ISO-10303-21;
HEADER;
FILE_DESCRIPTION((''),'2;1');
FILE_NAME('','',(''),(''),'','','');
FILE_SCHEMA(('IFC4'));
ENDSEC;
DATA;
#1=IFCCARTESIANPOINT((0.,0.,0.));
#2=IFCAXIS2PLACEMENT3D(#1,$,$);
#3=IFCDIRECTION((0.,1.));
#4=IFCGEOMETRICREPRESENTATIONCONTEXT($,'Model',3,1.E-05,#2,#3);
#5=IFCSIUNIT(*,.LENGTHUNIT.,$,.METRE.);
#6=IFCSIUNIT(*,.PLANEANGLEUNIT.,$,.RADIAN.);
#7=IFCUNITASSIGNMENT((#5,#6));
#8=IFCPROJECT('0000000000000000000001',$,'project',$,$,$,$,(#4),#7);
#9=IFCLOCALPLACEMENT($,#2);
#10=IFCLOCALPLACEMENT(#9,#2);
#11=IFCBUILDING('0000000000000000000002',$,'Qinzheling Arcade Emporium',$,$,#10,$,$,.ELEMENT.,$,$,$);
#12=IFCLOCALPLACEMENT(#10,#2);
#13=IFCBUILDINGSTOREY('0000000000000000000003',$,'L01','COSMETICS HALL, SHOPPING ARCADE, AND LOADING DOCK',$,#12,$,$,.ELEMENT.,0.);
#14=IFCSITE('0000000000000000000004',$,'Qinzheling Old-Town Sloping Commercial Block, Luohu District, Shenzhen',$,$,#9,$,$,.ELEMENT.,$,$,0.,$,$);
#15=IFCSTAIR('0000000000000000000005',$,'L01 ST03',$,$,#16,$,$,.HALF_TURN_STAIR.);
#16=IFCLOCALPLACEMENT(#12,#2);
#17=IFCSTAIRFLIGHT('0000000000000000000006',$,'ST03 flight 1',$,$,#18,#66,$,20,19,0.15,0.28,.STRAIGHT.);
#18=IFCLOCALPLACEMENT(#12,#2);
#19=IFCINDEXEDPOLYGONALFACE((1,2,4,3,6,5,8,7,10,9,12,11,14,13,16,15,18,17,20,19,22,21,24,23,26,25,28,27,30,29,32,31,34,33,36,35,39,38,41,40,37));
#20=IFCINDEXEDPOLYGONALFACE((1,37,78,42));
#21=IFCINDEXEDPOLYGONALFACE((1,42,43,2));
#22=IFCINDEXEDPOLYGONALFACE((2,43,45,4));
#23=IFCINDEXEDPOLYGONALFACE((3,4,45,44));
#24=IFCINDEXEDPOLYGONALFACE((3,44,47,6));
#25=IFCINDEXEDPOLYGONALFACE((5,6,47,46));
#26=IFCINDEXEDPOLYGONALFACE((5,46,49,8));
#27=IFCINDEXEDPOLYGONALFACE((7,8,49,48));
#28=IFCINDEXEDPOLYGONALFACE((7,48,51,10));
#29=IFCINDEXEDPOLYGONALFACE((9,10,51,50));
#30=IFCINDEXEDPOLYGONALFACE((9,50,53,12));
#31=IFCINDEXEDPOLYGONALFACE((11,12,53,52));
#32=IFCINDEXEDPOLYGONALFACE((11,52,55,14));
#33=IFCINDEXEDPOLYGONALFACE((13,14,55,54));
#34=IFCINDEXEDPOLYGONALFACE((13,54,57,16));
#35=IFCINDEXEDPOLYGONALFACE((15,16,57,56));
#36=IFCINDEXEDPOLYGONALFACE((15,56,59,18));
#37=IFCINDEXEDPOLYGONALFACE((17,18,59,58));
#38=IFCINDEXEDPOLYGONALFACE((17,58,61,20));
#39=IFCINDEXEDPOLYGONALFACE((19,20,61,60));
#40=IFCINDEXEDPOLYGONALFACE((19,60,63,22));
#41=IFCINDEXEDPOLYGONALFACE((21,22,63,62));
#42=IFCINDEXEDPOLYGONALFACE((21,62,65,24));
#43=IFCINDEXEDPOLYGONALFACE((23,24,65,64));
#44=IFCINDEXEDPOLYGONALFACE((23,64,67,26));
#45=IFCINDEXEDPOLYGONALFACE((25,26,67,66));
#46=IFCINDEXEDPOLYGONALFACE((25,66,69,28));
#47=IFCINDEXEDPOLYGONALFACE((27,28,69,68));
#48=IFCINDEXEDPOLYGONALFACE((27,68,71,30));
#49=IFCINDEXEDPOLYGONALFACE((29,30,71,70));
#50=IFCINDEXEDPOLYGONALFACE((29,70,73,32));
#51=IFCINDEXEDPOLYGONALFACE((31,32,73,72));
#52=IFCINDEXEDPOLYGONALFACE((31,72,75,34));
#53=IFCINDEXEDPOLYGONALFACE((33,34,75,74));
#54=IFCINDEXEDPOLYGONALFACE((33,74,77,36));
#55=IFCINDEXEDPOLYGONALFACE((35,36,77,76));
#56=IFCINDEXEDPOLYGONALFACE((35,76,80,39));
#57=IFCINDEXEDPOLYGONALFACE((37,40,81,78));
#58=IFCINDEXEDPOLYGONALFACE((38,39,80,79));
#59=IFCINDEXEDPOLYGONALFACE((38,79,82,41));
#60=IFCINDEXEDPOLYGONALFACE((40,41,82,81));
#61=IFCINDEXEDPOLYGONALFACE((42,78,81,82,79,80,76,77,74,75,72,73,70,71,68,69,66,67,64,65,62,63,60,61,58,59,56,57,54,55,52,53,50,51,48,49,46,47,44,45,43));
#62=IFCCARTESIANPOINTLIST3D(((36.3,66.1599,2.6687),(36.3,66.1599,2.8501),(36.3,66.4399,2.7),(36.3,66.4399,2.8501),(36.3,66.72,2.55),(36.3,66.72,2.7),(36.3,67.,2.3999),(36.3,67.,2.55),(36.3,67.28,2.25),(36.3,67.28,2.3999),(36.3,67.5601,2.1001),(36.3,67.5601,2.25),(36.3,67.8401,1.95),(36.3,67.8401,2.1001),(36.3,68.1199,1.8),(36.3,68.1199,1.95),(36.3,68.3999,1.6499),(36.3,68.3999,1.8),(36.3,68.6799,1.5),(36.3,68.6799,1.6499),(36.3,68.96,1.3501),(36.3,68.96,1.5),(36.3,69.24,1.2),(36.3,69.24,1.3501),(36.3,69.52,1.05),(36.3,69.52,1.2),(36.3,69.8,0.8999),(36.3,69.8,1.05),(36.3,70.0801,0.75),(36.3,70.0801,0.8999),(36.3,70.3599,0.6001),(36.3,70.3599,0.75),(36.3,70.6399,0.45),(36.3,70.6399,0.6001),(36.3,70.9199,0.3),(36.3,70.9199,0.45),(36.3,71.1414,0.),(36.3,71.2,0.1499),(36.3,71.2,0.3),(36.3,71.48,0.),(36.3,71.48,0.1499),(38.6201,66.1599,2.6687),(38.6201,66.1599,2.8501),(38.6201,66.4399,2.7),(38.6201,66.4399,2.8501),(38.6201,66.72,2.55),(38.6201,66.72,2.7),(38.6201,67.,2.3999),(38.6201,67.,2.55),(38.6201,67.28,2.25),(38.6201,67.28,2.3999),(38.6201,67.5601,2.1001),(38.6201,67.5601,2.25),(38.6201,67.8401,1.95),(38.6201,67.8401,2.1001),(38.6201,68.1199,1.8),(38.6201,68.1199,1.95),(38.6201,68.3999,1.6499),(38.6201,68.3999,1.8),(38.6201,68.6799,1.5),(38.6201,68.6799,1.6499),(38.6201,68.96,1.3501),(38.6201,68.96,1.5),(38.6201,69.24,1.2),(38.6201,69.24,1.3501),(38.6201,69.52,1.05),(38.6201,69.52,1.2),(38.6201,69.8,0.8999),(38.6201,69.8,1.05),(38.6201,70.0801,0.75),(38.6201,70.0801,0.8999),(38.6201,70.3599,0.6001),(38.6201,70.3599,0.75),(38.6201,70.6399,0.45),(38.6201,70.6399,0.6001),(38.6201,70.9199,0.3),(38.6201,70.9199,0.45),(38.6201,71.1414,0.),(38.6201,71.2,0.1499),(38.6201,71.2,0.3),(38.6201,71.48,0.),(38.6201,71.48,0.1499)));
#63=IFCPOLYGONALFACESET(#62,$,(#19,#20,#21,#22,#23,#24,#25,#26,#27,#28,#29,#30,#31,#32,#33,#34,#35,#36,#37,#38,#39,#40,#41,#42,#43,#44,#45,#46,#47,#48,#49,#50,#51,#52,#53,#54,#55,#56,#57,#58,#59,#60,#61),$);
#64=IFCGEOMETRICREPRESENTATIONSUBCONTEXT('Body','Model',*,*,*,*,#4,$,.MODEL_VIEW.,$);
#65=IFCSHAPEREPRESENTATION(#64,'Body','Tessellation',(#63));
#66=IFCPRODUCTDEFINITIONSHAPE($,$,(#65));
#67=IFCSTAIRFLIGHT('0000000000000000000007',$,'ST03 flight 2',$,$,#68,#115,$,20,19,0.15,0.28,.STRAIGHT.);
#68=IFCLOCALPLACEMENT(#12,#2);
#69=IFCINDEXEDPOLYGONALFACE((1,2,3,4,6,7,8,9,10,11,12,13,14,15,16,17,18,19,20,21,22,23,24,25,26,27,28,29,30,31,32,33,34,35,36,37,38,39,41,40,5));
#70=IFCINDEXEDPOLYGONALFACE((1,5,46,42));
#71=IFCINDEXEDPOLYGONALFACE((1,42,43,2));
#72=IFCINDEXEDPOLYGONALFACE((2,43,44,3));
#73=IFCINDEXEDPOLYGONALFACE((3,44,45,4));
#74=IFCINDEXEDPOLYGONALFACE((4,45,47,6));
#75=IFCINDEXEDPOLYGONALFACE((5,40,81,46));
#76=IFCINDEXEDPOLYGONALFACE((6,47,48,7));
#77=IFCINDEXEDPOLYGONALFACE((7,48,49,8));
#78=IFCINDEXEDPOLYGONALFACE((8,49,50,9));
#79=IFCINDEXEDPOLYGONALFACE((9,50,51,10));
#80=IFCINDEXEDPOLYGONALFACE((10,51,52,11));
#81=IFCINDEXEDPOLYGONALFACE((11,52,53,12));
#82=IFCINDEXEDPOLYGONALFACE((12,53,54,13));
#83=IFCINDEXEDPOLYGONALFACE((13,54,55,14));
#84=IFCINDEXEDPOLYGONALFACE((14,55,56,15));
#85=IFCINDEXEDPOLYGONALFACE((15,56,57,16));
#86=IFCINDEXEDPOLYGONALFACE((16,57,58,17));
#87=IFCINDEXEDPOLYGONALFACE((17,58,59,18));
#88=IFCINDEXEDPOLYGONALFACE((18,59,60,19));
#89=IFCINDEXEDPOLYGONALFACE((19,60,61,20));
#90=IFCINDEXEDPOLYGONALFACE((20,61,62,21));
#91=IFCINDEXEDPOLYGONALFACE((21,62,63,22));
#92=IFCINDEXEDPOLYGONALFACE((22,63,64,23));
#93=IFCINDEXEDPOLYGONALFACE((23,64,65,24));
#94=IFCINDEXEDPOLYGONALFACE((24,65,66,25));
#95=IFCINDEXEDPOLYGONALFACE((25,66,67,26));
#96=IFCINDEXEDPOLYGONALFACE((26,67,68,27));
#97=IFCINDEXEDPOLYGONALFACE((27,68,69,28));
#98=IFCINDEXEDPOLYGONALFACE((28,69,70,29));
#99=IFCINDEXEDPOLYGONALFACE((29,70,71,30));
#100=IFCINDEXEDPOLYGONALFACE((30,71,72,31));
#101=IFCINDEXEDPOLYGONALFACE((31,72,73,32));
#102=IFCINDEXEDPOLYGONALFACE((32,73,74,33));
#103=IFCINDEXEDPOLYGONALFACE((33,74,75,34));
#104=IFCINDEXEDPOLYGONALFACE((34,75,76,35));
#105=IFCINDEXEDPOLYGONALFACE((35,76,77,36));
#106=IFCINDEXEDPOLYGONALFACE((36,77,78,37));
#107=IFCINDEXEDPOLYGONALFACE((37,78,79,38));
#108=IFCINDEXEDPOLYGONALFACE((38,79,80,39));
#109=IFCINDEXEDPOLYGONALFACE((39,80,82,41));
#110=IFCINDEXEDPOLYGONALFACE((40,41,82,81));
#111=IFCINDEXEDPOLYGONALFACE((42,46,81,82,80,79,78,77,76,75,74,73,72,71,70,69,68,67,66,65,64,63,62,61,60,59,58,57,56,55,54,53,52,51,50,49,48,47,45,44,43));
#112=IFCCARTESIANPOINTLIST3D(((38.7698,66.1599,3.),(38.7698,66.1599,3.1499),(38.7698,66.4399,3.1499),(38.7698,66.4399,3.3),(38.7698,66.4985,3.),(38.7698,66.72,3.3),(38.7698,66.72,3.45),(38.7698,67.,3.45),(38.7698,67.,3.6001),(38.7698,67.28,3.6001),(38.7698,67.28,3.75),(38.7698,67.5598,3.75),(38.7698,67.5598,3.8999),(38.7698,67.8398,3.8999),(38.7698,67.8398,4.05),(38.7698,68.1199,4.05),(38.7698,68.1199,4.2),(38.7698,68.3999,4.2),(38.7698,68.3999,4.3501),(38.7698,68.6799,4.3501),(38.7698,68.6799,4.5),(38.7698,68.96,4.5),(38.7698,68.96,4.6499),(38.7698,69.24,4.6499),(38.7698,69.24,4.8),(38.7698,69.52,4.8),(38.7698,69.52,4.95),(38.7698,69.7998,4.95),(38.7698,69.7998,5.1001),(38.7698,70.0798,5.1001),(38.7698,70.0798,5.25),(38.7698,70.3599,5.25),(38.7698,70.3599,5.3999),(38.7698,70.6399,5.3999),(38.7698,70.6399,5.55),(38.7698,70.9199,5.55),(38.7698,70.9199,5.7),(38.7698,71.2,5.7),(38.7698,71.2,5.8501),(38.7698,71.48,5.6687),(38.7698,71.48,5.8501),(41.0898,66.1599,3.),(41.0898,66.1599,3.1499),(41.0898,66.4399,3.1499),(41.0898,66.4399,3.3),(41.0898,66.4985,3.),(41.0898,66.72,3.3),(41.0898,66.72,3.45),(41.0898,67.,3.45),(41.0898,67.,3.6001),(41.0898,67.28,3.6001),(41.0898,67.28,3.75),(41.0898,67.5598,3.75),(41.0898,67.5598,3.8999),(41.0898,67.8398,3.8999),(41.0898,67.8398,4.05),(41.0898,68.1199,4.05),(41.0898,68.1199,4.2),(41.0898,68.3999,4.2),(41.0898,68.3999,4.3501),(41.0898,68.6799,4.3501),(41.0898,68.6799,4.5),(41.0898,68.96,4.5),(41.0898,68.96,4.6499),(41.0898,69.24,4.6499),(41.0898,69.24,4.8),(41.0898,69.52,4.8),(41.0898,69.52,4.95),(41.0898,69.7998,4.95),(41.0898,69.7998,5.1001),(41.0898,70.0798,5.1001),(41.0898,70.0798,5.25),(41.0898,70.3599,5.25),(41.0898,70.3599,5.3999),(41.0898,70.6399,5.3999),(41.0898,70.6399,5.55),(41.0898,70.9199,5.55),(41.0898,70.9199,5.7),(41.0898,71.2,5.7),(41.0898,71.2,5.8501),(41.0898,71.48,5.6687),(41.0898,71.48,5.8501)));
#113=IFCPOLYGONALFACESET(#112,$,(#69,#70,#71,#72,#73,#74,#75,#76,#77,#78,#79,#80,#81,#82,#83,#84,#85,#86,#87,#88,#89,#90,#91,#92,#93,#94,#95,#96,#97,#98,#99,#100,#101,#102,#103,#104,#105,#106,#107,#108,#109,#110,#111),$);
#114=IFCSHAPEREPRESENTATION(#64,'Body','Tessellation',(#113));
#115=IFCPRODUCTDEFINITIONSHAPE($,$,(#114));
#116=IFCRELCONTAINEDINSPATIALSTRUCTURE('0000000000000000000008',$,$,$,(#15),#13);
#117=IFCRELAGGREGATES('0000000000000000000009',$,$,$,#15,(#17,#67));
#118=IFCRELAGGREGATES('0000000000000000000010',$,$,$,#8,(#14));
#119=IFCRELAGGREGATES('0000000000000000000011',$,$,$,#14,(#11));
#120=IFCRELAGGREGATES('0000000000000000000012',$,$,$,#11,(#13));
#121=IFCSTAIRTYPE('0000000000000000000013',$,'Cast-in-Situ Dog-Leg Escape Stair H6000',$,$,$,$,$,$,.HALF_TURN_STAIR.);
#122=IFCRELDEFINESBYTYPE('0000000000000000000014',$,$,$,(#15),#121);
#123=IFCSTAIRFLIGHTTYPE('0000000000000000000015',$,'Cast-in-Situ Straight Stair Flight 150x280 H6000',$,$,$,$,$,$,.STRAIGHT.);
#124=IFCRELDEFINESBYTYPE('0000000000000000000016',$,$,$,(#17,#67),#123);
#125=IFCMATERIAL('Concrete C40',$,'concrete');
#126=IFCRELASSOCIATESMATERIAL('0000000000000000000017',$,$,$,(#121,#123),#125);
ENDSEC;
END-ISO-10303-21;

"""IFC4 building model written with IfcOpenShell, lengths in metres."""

from ifc_helpers import new_model, si_unit, direction, frame, origin, place, context, subcontext, project, spatial, polyline, outline, extrude, material, type_object, element, aggregate, save


model = new_model("IFC4")

# Units and contexts
model_context = context("Model", 3, precision=1e-05, world=origin(), true_north=direction((0.0, 1.0)))
body_context = subcontext(model_context, "Body", "Model", "MODEL_VIEW")
ifc_project = project(units=[si_unit("LENGTHUNIT", "METRE"), si_unit("PLANEANGLEUNIT", "RADIAN")], contexts=[model_context])

# Site, building, storey
site_placement = place(None, origin())
site = spatial("IfcSite", under=ifc_project, at=site_placement, Name="Qinzheling Old-Town Sloping Commercial Block, Luohu District, Shenzhen", CompositionType="ELEMENT", RefElevation=0.0)
building_placement = place(site_placement, origin())
building = spatial("IfcBuilding", under=site, at=building_placement, Name="Qinzheling Arcade Emporium", CompositionType="ELEMENT")
storey_placement = place(building_placement, origin())
storey = spatial("IfcBuildingStorey", under=building, at=storey_placement, Name="L01", Description="COSMETICS HALL, SHOPPING ARCADE, AND LOADING DOCK", CompositionType="ELEMENT", Elevation=0.0)

# Shared definitions
ifc_material_1 = material(Name="Concrete C40", Category="concrete")

# Stair, stair flights
stair_type = type_object("IfcStairType", Name="Cast-in-Situ Dog-Leg Escape Stair H6000", PredefinedType="HALF_TURN_STAIR", material=ifc_material_1)
stair_placement = place(storey_placement, origin())
stair = element("IfcStair", 1, at=stair_placement, inside=storey, type_object=stair_type, Name="L01 ST03", PredefinedType="HALF_TURN_STAIR")
stair_flight_type = type_object("IfcStairFlightType", Name="Cast-in-Situ Straight Stair Flight 150x280 H6000", PredefinedType="STRAIGHT", material=ifc_material_1)
stair_flight_1_placement = place(storey_placement, frame((37.46, 71.48, 0.0), z_axis=(0.0, 0.0, 1.0), x_axis=(0.0, -1.0, 0.0)))
stair_flight_1 = element("IfcStairFlight", 2, at=stair_flight_1_placement, type_object=stair_flight_type, Name="ST03 flight 1", NumberOfRisers=20, NumberOfTreads=19, PredefinedType="STRAIGHT", RiserHeight=0.15, TreadLength=0.28, context=body_context, shape_type="SweptSolid", body=[
    extrude(outline(polyline([(0.0, 0.0), (0.0, 0.1499), (0.28, 0.1499), (0.28, 0.3), (0.5601, 0.3), (0.5601, 0.45), (0.8401, 0.45), (0.8401, 0.6001), (1.1201, 0.6001), (1.1201, 0.75), (1.3999, 0.75), (1.3999, 0.8999), (1.6799, 0.8999), (1.6799, 1.05), (1.96, 1.05), (1.96, 1.2), (2.24, 1.2), (2.24, 1.3501), (2.52, 1.3501), (2.52, 1.5), (2.8, 1.5), (2.8, 1.6499), (3.0801, 1.6499), (3.0801, 1.8), (3.3601, 1.8), (3.3601, 1.95), (3.6399, 1.95), (3.6399, 2.1001), (3.9199, 2.1001), (3.9199, 2.25), (4.2, 2.25), (4.2, 2.3999), (4.48, 2.3999), (4.48, 2.55), (4.76, 2.55), (4.76, 2.7), (5.04, 2.7), (5.04, 2.8501), (5.3201, 2.8501), (5.3201, 3.0), (5.3201, 2.6687), (0.3386, 0.0), (0.0, 0.0)])), frame((0.0, 1.1602, 0.0), z_axis=(0.0, -1.0, 0.0), x_axis=(1.0, 0.0, 0.0)), (0.0, 0.0, 1.0), 2.3201),
])
stair_flight_2_placement = place(storey_placement, frame((39.9299, 66.1599, 3.0), z_axis=(0.0, 0.0, 1.0), x_axis=(0.0, 1.0, 0.0)))
stair_flight_2 = element("IfcStairFlight", 3, at=stair_flight_2_placement, type_object=stair_flight_type, Name="ST03 flight 2", NumberOfRisers=20, NumberOfTreads=19, PredefinedType="STRAIGHT", RiserHeight=0.15, TreadLength=0.28, context=body_context, shape_type="SweptSolid", body=[
    extrude(outline(polyline([(0.0, 0.0), (0.0, 0.1499), (0.28, 0.1499), (0.28, 0.3), (0.5601, 0.3), (0.5601, 0.45), (0.8401, 0.45), (0.8401, 0.6001), (1.1201, 0.6001), (1.1201, 0.75), (1.3999, 0.75), (1.3999, 0.8999), (1.6799, 0.8999), (1.6799, 1.05), (1.96, 1.05), (1.96, 1.2), (2.24, 1.2), (2.24, 1.3501), (2.52, 1.3501), (2.52, 1.5), (2.8, 1.5), (2.8, 1.6499), (3.0801, 1.6499), (3.0801, 1.8), (3.3601, 1.8), (3.3601, 1.95), (3.6399, 1.95), (3.6399, 2.1001), (3.9199, 2.1001), (3.9199, 2.25), (4.2, 2.25), (4.2, 2.3999), (4.48, 2.3999), (4.48, 2.55), (4.76, 2.55), (4.76, 2.7), (5.04, 2.7), (5.04, 2.8501), (5.3201, 2.8501), (5.3201, 3.0), (5.3201, 2.6687), (0.3386, 0.0), (0.0, 0.0)])), frame((0.0, 1.1602, 0.0), z_axis=(0.0, -1.0, 0.0), x_axis=(1.0, 0.0, 0.0)), (0.0, 0.0, 1.0), 2.3201),
])
aggregate(stair, [stair_flight_1, stair_flight_2])

save(model, "model.ifc")
